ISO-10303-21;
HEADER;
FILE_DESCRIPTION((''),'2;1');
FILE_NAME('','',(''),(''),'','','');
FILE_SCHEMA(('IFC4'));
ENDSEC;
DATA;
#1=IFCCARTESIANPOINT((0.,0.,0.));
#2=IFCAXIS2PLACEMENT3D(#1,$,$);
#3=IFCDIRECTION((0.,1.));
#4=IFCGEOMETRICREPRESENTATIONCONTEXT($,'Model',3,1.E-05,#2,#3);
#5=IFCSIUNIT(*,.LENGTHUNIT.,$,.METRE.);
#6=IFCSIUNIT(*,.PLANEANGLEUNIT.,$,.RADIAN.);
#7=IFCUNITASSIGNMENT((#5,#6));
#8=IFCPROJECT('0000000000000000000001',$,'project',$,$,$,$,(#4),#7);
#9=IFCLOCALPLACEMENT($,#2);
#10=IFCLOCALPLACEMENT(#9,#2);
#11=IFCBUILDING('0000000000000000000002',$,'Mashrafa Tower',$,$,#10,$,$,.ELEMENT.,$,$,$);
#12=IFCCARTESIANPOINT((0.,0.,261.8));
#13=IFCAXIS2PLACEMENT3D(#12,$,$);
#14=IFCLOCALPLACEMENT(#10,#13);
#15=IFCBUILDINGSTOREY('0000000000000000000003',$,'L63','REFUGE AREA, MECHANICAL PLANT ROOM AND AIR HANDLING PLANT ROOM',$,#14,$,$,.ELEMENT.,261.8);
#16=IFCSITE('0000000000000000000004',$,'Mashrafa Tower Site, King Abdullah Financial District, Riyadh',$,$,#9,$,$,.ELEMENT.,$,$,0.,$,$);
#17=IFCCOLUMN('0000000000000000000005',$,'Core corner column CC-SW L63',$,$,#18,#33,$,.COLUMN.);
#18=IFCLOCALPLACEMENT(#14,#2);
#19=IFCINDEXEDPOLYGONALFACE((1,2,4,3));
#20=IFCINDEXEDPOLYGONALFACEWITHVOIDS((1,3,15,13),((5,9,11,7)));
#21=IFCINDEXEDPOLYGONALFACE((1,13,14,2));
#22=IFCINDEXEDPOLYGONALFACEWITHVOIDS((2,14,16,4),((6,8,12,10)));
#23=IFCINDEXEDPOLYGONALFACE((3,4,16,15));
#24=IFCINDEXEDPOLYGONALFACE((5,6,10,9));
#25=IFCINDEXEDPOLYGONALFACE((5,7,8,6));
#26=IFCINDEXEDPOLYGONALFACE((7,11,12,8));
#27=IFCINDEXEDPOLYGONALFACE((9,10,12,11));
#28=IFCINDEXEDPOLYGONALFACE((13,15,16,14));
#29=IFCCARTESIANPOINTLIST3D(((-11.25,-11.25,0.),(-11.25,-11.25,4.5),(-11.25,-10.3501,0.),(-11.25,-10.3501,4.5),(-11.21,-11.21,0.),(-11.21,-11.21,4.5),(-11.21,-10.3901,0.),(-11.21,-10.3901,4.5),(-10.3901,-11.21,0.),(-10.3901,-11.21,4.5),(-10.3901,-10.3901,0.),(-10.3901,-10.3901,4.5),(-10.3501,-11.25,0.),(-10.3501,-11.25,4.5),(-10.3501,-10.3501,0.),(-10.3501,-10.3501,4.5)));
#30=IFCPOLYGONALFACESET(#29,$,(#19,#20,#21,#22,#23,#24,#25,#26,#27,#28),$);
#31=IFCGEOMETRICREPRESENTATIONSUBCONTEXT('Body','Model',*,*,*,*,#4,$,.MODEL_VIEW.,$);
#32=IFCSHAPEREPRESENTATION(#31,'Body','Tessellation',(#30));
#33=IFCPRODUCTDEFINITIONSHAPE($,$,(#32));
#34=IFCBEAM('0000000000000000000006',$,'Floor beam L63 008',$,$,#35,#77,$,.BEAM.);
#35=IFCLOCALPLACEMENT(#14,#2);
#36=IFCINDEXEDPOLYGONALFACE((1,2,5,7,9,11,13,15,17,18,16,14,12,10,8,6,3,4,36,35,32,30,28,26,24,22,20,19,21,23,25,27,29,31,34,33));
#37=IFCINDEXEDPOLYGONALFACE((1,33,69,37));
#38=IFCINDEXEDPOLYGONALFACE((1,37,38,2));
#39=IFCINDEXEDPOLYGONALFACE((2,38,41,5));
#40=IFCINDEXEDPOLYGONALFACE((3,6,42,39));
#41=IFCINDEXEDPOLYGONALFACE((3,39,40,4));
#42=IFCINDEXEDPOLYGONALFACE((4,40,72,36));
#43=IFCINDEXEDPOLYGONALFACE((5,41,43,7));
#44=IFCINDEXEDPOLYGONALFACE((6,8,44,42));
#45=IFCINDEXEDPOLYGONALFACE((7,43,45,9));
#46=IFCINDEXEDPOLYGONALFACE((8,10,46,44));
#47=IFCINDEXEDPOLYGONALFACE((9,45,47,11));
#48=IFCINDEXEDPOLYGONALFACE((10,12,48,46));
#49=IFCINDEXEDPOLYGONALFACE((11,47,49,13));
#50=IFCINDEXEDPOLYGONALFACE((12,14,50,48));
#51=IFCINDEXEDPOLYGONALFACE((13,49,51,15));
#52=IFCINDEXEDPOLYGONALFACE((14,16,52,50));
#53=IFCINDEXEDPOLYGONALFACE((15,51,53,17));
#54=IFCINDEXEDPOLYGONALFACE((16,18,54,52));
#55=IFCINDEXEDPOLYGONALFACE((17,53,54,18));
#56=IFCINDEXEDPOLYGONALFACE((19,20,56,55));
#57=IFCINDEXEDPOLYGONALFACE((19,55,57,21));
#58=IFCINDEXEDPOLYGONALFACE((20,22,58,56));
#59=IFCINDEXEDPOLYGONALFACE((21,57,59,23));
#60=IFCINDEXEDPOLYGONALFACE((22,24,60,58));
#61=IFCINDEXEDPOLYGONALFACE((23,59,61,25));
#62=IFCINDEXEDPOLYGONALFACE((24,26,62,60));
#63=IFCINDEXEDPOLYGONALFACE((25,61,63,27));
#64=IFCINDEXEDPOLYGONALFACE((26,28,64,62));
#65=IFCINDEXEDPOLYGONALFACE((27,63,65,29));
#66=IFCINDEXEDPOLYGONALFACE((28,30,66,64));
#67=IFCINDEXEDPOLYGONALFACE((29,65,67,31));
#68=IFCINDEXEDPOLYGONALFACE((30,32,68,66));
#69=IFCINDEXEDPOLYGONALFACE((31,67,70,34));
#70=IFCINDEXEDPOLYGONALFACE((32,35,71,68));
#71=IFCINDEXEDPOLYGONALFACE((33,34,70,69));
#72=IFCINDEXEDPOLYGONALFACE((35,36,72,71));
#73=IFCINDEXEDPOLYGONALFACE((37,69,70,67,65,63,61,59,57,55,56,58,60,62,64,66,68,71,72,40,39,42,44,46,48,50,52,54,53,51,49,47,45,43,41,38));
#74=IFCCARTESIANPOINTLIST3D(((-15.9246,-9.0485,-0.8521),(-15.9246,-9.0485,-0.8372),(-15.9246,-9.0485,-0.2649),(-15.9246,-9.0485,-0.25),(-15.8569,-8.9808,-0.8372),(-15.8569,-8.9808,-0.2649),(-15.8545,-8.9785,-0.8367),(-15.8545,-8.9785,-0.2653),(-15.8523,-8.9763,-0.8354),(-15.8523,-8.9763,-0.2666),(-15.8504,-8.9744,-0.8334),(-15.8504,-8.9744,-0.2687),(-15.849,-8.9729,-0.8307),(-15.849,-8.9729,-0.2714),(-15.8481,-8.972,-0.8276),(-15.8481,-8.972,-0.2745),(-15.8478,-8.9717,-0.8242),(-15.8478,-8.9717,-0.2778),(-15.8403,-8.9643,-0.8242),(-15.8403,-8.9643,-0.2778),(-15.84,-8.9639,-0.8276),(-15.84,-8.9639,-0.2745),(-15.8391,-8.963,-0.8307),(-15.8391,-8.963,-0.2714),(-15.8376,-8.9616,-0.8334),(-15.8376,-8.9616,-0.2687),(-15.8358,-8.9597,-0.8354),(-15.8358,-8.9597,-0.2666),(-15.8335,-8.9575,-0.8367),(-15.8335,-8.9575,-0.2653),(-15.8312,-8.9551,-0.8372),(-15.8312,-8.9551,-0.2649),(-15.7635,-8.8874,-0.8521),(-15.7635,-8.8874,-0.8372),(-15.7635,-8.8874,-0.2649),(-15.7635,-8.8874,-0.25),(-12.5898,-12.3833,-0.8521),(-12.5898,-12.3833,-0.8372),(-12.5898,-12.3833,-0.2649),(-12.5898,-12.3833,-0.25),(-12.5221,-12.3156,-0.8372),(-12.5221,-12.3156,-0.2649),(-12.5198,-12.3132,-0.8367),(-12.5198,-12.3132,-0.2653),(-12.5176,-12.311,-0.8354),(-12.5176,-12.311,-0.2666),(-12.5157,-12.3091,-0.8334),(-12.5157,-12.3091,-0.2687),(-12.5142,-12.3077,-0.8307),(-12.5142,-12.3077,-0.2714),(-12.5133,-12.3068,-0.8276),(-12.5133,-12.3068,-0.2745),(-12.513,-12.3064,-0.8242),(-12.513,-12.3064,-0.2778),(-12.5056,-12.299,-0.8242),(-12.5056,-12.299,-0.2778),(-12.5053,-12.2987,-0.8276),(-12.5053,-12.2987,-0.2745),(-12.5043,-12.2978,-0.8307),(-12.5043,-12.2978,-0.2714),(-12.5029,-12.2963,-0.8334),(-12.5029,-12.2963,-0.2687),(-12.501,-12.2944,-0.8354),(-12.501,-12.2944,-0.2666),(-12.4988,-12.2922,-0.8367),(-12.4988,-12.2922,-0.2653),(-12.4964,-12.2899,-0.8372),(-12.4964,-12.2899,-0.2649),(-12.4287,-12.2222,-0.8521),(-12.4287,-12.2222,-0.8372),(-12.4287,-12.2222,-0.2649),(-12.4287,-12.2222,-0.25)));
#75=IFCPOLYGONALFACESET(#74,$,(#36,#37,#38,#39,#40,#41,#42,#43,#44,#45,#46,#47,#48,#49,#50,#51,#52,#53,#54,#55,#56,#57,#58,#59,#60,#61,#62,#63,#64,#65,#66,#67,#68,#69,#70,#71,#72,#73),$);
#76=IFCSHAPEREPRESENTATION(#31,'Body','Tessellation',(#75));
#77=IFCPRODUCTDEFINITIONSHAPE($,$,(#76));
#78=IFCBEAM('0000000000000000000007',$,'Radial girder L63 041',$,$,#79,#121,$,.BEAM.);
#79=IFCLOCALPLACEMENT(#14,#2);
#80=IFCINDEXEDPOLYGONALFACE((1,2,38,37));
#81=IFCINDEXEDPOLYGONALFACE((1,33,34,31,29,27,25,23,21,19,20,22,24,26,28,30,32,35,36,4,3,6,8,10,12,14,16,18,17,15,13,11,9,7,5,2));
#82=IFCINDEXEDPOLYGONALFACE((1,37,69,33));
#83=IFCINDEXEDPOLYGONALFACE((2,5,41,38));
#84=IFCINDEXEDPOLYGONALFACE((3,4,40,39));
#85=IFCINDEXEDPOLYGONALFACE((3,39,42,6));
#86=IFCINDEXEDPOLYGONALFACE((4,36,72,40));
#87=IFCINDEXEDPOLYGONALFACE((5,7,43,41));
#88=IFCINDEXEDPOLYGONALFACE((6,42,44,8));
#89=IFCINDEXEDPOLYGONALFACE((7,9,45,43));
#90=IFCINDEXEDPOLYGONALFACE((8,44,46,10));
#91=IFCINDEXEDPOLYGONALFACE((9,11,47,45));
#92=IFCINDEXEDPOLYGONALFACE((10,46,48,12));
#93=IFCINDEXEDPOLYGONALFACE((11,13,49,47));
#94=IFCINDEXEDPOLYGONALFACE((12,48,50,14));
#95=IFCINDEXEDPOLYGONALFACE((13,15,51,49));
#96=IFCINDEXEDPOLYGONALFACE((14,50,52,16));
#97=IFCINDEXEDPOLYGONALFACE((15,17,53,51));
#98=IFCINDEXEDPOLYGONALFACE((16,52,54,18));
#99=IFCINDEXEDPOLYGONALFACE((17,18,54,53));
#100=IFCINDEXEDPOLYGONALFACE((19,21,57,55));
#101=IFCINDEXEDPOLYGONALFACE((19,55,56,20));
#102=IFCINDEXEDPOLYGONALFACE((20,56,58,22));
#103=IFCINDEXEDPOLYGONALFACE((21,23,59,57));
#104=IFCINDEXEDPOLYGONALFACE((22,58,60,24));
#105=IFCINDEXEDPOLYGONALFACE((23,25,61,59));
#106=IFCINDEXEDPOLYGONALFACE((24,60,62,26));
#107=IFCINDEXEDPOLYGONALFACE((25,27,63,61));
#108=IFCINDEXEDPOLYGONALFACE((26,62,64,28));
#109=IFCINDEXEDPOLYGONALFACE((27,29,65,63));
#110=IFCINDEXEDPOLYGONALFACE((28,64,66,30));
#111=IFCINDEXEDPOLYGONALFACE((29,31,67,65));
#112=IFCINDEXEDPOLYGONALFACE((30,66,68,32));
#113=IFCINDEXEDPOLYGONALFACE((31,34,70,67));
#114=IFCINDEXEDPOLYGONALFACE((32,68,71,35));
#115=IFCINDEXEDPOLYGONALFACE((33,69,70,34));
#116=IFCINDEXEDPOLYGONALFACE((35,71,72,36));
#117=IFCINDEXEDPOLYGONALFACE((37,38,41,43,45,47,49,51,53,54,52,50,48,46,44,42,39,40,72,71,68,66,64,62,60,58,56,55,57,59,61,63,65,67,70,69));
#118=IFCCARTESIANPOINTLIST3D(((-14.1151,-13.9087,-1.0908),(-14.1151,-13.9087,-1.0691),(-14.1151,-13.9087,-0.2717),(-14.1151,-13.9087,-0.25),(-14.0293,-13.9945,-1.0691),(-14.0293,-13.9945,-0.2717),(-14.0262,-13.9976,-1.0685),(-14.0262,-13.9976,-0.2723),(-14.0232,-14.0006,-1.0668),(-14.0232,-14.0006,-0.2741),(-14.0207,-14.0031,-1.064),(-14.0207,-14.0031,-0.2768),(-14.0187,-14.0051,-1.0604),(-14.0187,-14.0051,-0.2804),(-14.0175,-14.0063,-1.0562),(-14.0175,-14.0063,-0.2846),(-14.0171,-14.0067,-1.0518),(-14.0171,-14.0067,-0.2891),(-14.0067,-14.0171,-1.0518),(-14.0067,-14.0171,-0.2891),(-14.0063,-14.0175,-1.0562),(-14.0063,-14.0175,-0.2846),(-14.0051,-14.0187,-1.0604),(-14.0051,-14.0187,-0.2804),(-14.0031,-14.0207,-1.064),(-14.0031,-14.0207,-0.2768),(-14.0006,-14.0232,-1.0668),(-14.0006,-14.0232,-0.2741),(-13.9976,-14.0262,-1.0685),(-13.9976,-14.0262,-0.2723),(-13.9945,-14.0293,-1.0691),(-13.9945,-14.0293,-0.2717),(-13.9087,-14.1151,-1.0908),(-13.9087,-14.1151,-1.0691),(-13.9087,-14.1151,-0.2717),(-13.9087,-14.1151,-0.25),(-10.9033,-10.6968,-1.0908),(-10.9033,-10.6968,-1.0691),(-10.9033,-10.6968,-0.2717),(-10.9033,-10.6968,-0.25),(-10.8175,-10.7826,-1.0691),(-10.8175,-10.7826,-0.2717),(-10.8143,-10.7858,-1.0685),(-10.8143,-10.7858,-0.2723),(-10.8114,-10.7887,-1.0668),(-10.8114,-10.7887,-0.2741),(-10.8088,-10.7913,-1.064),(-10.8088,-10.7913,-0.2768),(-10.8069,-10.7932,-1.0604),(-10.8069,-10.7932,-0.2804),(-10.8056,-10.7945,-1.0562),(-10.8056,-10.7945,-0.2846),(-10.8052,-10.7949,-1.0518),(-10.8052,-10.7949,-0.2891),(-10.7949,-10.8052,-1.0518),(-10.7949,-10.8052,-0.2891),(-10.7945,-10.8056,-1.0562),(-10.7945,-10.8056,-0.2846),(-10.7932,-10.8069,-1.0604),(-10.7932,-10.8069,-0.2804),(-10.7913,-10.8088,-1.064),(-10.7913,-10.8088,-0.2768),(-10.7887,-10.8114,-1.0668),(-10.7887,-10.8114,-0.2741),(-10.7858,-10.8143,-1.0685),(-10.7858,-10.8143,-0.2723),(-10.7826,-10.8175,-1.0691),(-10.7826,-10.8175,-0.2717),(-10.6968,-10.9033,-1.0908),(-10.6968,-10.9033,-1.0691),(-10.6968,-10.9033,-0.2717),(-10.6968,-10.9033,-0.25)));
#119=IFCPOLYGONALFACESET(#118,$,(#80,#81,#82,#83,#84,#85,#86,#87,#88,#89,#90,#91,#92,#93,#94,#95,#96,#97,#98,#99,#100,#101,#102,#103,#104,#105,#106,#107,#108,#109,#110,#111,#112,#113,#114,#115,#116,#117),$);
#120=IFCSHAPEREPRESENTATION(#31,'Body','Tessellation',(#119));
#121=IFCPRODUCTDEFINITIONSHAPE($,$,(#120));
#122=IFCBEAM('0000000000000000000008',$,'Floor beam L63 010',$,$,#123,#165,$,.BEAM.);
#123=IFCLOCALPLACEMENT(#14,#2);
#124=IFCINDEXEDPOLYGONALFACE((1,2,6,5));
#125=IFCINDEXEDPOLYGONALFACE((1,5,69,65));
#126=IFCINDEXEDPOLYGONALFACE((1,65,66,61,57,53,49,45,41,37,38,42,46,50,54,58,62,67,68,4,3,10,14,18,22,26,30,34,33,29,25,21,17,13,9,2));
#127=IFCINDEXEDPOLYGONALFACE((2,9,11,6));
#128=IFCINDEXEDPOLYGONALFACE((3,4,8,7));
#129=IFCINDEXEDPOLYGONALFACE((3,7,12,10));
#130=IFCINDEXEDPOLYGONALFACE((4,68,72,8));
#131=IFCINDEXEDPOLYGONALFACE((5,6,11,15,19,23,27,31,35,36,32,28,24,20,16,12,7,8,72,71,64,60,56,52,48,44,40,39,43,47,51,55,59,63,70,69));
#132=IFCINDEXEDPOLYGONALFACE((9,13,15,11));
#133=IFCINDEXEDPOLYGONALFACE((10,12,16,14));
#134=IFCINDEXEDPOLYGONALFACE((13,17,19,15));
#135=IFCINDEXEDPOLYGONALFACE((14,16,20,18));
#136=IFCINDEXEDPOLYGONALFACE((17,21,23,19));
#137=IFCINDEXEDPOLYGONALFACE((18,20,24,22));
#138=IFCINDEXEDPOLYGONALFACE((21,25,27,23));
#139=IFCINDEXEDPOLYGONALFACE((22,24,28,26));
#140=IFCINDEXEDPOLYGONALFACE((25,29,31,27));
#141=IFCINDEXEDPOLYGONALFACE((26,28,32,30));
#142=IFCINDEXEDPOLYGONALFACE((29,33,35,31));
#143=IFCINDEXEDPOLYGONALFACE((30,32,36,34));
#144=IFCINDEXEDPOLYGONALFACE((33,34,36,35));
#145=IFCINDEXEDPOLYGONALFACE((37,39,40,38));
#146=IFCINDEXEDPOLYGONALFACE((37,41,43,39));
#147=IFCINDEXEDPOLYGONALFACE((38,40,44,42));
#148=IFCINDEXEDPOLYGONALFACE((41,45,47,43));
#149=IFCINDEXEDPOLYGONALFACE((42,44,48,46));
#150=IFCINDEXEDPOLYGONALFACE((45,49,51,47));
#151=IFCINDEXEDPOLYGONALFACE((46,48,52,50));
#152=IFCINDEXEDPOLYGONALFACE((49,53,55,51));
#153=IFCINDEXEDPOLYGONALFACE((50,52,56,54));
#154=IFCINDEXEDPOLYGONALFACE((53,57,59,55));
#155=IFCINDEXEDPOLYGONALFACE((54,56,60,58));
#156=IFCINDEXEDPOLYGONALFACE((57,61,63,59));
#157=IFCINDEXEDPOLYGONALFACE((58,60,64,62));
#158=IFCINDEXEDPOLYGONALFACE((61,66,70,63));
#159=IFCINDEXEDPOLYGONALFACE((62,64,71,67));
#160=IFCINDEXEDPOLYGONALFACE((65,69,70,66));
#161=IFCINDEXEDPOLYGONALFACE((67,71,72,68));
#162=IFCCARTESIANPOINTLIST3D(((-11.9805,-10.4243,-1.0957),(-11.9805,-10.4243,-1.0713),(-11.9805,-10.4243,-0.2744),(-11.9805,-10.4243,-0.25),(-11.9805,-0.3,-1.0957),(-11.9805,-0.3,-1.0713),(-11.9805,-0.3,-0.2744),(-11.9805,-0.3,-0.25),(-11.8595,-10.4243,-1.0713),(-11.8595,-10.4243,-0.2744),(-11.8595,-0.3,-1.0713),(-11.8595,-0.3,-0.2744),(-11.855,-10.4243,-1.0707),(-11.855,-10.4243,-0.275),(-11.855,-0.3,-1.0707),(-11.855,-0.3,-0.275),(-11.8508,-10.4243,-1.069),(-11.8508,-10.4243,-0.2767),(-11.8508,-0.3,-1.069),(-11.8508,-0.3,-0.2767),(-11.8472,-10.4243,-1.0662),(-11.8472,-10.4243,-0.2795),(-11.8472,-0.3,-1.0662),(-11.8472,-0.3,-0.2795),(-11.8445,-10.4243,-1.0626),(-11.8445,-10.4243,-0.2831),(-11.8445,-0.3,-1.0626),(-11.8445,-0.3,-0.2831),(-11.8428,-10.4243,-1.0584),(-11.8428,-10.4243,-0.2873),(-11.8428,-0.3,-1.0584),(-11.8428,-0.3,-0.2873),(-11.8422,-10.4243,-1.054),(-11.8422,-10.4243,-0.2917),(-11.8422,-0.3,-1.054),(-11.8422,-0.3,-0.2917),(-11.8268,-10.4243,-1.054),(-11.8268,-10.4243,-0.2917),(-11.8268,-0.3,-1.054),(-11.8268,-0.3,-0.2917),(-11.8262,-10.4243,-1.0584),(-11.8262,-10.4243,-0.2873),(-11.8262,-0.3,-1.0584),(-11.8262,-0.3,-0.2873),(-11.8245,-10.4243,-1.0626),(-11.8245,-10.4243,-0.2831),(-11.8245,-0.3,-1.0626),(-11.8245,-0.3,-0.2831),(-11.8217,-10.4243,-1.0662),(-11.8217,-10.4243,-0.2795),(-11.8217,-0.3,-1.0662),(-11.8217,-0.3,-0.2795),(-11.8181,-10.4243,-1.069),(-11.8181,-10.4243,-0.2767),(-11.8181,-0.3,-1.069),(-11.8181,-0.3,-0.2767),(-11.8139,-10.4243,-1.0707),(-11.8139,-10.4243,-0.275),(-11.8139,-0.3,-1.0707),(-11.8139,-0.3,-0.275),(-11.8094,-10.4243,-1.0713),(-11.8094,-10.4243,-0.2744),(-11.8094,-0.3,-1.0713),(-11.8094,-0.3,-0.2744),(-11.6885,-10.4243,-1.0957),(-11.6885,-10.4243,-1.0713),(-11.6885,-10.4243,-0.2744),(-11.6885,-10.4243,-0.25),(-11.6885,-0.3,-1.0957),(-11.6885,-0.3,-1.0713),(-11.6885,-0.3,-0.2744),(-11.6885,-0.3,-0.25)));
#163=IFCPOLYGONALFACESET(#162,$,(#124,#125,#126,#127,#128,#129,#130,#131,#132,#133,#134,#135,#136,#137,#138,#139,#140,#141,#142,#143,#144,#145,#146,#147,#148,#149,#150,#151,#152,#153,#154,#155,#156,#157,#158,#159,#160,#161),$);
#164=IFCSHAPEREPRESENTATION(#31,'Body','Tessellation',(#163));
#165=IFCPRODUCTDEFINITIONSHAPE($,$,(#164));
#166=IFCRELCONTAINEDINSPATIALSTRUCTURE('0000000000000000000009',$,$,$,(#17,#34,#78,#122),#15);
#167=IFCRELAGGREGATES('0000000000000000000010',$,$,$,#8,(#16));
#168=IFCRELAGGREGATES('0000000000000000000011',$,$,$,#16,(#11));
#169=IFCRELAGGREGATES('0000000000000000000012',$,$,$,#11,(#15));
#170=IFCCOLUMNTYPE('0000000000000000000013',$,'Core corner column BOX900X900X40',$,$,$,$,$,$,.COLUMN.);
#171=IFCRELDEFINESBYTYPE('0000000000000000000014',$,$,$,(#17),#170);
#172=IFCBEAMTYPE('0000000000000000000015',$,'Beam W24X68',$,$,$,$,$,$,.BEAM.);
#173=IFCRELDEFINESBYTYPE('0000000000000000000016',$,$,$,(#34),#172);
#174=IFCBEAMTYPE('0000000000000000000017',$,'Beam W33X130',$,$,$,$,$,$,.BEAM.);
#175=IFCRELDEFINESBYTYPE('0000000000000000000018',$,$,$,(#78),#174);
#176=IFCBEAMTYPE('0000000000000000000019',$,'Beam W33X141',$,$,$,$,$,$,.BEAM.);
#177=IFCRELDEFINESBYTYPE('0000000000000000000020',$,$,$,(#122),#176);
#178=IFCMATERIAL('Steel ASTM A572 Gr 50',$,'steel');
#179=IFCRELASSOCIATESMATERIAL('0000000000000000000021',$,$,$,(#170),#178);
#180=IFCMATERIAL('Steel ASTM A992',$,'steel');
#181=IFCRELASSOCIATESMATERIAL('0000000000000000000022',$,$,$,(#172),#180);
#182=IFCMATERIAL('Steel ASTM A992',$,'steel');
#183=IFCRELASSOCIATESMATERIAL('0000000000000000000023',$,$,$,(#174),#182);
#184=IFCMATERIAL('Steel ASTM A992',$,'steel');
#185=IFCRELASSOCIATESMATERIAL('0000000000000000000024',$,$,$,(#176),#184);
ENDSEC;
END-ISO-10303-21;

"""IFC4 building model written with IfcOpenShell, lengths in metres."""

from ifc_helpers import new_model, si_unit, direction, frame, origin, origin_2d, place, context, subcontext, project, spatial, hollow_rectangle, i_section, extrude, material, material_profile, profile_set, type_object, element, save


model = new_model("IFC4")

# Units and contexts
model_context = context("Model", 3, precision=1e-05, world=origin(), true_north=direction((0.0, 1.0)))
body_context = subcontext(model_context, "Body", "Model", "MODEL_VIEW")
ifc_project = project(units=[si_unit("LENGTHUNIT", "METRE"), si_unit("PLANEANGLEUNIT", "RADIAN")], contexts=[model_context])

# Site, building, storey
site_placement = place(None, origin())
site = spatial("IfcSite", under=ifc_project, at=site_placement, Name="Mashrafa Tower Site, King Abdullah Financial District, Riyadh", CompositionType="ELEMENT", RefElevation=0.0)
building_placement = place(site_placement, origin())
building = spatial("IfcBuilding", under=site, at=building_placement, Name="Mashrafa Tower", CompositionType="ELEMENT")
storey_placement = place(building_placement, frame((0.0, 0.0, 261.8)))
storey = spatial("IfcBuildingStorey", under=building, at=storey_placement, Name="L63", Description="REFUGE AREA, MECHANICAL PLANT ROOM AND AIR HANDLING PLANT ROOM", CompositionType="ELEMENT", Elevation=261.8)

# Column
ifc_material_1 = material(Name="Steel ASTM A572 Gr 50", Category="steel")
ifc_material_profile_1 = material_profile(ifc_material_1, hollow_rectangle(XDim=0.8999, YDim=0.8999, WallThickness=0.04, at=origin_2d()), Name="BOX900X900X40")
ifc_profile_set_1 = profile_set([ifc_material_profile_1], Name="Steel ASTM A572 Gr 50")
column_type = type_object("IfcColumnType", Name="Core corner column BOX900X900X40", PredefinedType="COLUMN", material=ifc_profile_set_1)
column_placement = place(storey_placement, frame((-10.8, -10.8, 0.0), z_axis=(0.0, 0.0, 1.0), x_axis=(1.0, 0.0, 0.0)))
element("IfcColumn", 1, at=column_placement, inside=storey, type_object=column_type, Name="Core corner column CC-SW L63", PredefinedType="COLUMN", context=body_context, shape_type="SweptSolid", body=[
    extrude(hollow_rectangle(XDim=0.8999, YDim=0.8999, WallThickness=0.04, at=origin_2d()), origin(), (0.0, 0.0, 1.0), 4.5),
])

# Beams
ifc_material_2 = material(Name="Steel ASTM A992", Category="steel")
ifc_material_profile_2 = material_profile(ifc_material_2, i_section(OverallWidth=0.2278, OverallDepth=0.6021, WebThickness=0.0105, FlangeThickness=0.0149, FilletRadius=0.0129, at=origin_2d()), Name="W24X68")
ifc_profile_set_2 = profile_set([ifc_material_profile_2], Name="Steel ASTM A992")
beam_type_1 = type_object("IfcBeamType", Name="Beam W24X68", PredefinedType="BEAM", material=ifc_profile_set_2)
beam_1_placement = place(storey_placement, frame((-12.5093, -12.3027, -0.551), z_axis=(-0.707107, 0.707107, 0.0), x_axis=(-0.707107, -0.707107, 0.0)))
element("IfcBeam", 2, at=beam_1_placement, inside=storey, type_object=beam_type_1, Name="Floor beam L63 008", PredefinedType="BEAM", context=body_context, shape_type="SweptSolid", body=[
    extrude(i_section(OverallWidth=0.2278, OverallDepth=0.6021, WebThickness=0.0105, FlangeThickness=0.0149, FilletRadius=0.0129, at=origin_2d()), origin(), (0.0, 0.0, 1.0), 4.7161),
])
ifc_material_3 = material(Name="Steel ASTM A992", Category="steel")
ifc_material_profile_3 = material_profile(ifc_material_3, i_section(OverallWidth=0.292, OverallDepth=0.8408, WebThickness=0.0146, FlangeThickness=0.0217, FilletRadius=0.0173, at=origin_2d()), Name="W33X130")
ifc_profile_set_3 = profile_set([ifc_material_profile_3], Name="Steel ASTM A992")
beam_type_2 = type_object("IfcBeamType", Name="Beam W33X130", PredefinedType="BEAM", material=ifc_profile_set_3)
beam_2_placement = place(storey_placement, frame((-10.8, -10.8, -0.6704), z_axis=(-0.707107, -0.707107, 0.0), x_axis=(0.707107, -0.707107, 0.0)))
element("IfcBeam", 3, at=beam_2_placement, inside=storey, type_object=beam_type_2, Name="Radial girder L63 041", PredefinedType="BEAM", context=body_context, shape_type="SweptSolid", body=[
    extrude(i_section(OverallWidth=0.292, OverallDepth=0.8408, WebThickness=0.0146, FlangeThickness=0.0217, FilletRadius=0.0173, at=origin_2d()), origin(), (0.0, 0.0, 1.0), 4.5422),
])
ifc_material_4 = material(Name="Steel ASTM A992", Category="steel")
ifc_material_profile_4 = material_profile(ifc_material_4, i_section(OverallWidth=0.292, OverallDepth=0.8457, WebThickness=0.0154, FlangeThickness=0.0244, FilletRadius=0.0173, at=origin_2d()), Name="W33X141")
ifc_profile_set_4 = profile_set([ifc_material_profile_4], Name="Steel ASTM A992")
beam_type_3 = type_object("IfcBeamType", Name="Beam W33X141", PredefinedType="BEAM", material=ifc_profile_set_4)
beam_3_placement = place(storey_placement, frame((-11.8345, -10.4243, -0.6729), z_axis=(0.0, 1.0, 0.0), x_axis=(-1.0, 0.0, 0.0)))
element("IfcBeam", 4, at=beam_3_placement, inside=storey, type_object=beam_type_3, Name="Floor beam L63 010", PredefinedType="BEAM", context=body_context, shape_type="SweptSolid", body=[
    extrude(i_section(OverallWidth=0.292, OverallDepth=0.8457, WebThickness=0.0154, FlangeThickness=0.0244, FilletRadius=0.0173, at=origin_2d()), origin(), (0.0, 0.0, 1.0), 10.1243),
])

save(model, "model.ifc")
